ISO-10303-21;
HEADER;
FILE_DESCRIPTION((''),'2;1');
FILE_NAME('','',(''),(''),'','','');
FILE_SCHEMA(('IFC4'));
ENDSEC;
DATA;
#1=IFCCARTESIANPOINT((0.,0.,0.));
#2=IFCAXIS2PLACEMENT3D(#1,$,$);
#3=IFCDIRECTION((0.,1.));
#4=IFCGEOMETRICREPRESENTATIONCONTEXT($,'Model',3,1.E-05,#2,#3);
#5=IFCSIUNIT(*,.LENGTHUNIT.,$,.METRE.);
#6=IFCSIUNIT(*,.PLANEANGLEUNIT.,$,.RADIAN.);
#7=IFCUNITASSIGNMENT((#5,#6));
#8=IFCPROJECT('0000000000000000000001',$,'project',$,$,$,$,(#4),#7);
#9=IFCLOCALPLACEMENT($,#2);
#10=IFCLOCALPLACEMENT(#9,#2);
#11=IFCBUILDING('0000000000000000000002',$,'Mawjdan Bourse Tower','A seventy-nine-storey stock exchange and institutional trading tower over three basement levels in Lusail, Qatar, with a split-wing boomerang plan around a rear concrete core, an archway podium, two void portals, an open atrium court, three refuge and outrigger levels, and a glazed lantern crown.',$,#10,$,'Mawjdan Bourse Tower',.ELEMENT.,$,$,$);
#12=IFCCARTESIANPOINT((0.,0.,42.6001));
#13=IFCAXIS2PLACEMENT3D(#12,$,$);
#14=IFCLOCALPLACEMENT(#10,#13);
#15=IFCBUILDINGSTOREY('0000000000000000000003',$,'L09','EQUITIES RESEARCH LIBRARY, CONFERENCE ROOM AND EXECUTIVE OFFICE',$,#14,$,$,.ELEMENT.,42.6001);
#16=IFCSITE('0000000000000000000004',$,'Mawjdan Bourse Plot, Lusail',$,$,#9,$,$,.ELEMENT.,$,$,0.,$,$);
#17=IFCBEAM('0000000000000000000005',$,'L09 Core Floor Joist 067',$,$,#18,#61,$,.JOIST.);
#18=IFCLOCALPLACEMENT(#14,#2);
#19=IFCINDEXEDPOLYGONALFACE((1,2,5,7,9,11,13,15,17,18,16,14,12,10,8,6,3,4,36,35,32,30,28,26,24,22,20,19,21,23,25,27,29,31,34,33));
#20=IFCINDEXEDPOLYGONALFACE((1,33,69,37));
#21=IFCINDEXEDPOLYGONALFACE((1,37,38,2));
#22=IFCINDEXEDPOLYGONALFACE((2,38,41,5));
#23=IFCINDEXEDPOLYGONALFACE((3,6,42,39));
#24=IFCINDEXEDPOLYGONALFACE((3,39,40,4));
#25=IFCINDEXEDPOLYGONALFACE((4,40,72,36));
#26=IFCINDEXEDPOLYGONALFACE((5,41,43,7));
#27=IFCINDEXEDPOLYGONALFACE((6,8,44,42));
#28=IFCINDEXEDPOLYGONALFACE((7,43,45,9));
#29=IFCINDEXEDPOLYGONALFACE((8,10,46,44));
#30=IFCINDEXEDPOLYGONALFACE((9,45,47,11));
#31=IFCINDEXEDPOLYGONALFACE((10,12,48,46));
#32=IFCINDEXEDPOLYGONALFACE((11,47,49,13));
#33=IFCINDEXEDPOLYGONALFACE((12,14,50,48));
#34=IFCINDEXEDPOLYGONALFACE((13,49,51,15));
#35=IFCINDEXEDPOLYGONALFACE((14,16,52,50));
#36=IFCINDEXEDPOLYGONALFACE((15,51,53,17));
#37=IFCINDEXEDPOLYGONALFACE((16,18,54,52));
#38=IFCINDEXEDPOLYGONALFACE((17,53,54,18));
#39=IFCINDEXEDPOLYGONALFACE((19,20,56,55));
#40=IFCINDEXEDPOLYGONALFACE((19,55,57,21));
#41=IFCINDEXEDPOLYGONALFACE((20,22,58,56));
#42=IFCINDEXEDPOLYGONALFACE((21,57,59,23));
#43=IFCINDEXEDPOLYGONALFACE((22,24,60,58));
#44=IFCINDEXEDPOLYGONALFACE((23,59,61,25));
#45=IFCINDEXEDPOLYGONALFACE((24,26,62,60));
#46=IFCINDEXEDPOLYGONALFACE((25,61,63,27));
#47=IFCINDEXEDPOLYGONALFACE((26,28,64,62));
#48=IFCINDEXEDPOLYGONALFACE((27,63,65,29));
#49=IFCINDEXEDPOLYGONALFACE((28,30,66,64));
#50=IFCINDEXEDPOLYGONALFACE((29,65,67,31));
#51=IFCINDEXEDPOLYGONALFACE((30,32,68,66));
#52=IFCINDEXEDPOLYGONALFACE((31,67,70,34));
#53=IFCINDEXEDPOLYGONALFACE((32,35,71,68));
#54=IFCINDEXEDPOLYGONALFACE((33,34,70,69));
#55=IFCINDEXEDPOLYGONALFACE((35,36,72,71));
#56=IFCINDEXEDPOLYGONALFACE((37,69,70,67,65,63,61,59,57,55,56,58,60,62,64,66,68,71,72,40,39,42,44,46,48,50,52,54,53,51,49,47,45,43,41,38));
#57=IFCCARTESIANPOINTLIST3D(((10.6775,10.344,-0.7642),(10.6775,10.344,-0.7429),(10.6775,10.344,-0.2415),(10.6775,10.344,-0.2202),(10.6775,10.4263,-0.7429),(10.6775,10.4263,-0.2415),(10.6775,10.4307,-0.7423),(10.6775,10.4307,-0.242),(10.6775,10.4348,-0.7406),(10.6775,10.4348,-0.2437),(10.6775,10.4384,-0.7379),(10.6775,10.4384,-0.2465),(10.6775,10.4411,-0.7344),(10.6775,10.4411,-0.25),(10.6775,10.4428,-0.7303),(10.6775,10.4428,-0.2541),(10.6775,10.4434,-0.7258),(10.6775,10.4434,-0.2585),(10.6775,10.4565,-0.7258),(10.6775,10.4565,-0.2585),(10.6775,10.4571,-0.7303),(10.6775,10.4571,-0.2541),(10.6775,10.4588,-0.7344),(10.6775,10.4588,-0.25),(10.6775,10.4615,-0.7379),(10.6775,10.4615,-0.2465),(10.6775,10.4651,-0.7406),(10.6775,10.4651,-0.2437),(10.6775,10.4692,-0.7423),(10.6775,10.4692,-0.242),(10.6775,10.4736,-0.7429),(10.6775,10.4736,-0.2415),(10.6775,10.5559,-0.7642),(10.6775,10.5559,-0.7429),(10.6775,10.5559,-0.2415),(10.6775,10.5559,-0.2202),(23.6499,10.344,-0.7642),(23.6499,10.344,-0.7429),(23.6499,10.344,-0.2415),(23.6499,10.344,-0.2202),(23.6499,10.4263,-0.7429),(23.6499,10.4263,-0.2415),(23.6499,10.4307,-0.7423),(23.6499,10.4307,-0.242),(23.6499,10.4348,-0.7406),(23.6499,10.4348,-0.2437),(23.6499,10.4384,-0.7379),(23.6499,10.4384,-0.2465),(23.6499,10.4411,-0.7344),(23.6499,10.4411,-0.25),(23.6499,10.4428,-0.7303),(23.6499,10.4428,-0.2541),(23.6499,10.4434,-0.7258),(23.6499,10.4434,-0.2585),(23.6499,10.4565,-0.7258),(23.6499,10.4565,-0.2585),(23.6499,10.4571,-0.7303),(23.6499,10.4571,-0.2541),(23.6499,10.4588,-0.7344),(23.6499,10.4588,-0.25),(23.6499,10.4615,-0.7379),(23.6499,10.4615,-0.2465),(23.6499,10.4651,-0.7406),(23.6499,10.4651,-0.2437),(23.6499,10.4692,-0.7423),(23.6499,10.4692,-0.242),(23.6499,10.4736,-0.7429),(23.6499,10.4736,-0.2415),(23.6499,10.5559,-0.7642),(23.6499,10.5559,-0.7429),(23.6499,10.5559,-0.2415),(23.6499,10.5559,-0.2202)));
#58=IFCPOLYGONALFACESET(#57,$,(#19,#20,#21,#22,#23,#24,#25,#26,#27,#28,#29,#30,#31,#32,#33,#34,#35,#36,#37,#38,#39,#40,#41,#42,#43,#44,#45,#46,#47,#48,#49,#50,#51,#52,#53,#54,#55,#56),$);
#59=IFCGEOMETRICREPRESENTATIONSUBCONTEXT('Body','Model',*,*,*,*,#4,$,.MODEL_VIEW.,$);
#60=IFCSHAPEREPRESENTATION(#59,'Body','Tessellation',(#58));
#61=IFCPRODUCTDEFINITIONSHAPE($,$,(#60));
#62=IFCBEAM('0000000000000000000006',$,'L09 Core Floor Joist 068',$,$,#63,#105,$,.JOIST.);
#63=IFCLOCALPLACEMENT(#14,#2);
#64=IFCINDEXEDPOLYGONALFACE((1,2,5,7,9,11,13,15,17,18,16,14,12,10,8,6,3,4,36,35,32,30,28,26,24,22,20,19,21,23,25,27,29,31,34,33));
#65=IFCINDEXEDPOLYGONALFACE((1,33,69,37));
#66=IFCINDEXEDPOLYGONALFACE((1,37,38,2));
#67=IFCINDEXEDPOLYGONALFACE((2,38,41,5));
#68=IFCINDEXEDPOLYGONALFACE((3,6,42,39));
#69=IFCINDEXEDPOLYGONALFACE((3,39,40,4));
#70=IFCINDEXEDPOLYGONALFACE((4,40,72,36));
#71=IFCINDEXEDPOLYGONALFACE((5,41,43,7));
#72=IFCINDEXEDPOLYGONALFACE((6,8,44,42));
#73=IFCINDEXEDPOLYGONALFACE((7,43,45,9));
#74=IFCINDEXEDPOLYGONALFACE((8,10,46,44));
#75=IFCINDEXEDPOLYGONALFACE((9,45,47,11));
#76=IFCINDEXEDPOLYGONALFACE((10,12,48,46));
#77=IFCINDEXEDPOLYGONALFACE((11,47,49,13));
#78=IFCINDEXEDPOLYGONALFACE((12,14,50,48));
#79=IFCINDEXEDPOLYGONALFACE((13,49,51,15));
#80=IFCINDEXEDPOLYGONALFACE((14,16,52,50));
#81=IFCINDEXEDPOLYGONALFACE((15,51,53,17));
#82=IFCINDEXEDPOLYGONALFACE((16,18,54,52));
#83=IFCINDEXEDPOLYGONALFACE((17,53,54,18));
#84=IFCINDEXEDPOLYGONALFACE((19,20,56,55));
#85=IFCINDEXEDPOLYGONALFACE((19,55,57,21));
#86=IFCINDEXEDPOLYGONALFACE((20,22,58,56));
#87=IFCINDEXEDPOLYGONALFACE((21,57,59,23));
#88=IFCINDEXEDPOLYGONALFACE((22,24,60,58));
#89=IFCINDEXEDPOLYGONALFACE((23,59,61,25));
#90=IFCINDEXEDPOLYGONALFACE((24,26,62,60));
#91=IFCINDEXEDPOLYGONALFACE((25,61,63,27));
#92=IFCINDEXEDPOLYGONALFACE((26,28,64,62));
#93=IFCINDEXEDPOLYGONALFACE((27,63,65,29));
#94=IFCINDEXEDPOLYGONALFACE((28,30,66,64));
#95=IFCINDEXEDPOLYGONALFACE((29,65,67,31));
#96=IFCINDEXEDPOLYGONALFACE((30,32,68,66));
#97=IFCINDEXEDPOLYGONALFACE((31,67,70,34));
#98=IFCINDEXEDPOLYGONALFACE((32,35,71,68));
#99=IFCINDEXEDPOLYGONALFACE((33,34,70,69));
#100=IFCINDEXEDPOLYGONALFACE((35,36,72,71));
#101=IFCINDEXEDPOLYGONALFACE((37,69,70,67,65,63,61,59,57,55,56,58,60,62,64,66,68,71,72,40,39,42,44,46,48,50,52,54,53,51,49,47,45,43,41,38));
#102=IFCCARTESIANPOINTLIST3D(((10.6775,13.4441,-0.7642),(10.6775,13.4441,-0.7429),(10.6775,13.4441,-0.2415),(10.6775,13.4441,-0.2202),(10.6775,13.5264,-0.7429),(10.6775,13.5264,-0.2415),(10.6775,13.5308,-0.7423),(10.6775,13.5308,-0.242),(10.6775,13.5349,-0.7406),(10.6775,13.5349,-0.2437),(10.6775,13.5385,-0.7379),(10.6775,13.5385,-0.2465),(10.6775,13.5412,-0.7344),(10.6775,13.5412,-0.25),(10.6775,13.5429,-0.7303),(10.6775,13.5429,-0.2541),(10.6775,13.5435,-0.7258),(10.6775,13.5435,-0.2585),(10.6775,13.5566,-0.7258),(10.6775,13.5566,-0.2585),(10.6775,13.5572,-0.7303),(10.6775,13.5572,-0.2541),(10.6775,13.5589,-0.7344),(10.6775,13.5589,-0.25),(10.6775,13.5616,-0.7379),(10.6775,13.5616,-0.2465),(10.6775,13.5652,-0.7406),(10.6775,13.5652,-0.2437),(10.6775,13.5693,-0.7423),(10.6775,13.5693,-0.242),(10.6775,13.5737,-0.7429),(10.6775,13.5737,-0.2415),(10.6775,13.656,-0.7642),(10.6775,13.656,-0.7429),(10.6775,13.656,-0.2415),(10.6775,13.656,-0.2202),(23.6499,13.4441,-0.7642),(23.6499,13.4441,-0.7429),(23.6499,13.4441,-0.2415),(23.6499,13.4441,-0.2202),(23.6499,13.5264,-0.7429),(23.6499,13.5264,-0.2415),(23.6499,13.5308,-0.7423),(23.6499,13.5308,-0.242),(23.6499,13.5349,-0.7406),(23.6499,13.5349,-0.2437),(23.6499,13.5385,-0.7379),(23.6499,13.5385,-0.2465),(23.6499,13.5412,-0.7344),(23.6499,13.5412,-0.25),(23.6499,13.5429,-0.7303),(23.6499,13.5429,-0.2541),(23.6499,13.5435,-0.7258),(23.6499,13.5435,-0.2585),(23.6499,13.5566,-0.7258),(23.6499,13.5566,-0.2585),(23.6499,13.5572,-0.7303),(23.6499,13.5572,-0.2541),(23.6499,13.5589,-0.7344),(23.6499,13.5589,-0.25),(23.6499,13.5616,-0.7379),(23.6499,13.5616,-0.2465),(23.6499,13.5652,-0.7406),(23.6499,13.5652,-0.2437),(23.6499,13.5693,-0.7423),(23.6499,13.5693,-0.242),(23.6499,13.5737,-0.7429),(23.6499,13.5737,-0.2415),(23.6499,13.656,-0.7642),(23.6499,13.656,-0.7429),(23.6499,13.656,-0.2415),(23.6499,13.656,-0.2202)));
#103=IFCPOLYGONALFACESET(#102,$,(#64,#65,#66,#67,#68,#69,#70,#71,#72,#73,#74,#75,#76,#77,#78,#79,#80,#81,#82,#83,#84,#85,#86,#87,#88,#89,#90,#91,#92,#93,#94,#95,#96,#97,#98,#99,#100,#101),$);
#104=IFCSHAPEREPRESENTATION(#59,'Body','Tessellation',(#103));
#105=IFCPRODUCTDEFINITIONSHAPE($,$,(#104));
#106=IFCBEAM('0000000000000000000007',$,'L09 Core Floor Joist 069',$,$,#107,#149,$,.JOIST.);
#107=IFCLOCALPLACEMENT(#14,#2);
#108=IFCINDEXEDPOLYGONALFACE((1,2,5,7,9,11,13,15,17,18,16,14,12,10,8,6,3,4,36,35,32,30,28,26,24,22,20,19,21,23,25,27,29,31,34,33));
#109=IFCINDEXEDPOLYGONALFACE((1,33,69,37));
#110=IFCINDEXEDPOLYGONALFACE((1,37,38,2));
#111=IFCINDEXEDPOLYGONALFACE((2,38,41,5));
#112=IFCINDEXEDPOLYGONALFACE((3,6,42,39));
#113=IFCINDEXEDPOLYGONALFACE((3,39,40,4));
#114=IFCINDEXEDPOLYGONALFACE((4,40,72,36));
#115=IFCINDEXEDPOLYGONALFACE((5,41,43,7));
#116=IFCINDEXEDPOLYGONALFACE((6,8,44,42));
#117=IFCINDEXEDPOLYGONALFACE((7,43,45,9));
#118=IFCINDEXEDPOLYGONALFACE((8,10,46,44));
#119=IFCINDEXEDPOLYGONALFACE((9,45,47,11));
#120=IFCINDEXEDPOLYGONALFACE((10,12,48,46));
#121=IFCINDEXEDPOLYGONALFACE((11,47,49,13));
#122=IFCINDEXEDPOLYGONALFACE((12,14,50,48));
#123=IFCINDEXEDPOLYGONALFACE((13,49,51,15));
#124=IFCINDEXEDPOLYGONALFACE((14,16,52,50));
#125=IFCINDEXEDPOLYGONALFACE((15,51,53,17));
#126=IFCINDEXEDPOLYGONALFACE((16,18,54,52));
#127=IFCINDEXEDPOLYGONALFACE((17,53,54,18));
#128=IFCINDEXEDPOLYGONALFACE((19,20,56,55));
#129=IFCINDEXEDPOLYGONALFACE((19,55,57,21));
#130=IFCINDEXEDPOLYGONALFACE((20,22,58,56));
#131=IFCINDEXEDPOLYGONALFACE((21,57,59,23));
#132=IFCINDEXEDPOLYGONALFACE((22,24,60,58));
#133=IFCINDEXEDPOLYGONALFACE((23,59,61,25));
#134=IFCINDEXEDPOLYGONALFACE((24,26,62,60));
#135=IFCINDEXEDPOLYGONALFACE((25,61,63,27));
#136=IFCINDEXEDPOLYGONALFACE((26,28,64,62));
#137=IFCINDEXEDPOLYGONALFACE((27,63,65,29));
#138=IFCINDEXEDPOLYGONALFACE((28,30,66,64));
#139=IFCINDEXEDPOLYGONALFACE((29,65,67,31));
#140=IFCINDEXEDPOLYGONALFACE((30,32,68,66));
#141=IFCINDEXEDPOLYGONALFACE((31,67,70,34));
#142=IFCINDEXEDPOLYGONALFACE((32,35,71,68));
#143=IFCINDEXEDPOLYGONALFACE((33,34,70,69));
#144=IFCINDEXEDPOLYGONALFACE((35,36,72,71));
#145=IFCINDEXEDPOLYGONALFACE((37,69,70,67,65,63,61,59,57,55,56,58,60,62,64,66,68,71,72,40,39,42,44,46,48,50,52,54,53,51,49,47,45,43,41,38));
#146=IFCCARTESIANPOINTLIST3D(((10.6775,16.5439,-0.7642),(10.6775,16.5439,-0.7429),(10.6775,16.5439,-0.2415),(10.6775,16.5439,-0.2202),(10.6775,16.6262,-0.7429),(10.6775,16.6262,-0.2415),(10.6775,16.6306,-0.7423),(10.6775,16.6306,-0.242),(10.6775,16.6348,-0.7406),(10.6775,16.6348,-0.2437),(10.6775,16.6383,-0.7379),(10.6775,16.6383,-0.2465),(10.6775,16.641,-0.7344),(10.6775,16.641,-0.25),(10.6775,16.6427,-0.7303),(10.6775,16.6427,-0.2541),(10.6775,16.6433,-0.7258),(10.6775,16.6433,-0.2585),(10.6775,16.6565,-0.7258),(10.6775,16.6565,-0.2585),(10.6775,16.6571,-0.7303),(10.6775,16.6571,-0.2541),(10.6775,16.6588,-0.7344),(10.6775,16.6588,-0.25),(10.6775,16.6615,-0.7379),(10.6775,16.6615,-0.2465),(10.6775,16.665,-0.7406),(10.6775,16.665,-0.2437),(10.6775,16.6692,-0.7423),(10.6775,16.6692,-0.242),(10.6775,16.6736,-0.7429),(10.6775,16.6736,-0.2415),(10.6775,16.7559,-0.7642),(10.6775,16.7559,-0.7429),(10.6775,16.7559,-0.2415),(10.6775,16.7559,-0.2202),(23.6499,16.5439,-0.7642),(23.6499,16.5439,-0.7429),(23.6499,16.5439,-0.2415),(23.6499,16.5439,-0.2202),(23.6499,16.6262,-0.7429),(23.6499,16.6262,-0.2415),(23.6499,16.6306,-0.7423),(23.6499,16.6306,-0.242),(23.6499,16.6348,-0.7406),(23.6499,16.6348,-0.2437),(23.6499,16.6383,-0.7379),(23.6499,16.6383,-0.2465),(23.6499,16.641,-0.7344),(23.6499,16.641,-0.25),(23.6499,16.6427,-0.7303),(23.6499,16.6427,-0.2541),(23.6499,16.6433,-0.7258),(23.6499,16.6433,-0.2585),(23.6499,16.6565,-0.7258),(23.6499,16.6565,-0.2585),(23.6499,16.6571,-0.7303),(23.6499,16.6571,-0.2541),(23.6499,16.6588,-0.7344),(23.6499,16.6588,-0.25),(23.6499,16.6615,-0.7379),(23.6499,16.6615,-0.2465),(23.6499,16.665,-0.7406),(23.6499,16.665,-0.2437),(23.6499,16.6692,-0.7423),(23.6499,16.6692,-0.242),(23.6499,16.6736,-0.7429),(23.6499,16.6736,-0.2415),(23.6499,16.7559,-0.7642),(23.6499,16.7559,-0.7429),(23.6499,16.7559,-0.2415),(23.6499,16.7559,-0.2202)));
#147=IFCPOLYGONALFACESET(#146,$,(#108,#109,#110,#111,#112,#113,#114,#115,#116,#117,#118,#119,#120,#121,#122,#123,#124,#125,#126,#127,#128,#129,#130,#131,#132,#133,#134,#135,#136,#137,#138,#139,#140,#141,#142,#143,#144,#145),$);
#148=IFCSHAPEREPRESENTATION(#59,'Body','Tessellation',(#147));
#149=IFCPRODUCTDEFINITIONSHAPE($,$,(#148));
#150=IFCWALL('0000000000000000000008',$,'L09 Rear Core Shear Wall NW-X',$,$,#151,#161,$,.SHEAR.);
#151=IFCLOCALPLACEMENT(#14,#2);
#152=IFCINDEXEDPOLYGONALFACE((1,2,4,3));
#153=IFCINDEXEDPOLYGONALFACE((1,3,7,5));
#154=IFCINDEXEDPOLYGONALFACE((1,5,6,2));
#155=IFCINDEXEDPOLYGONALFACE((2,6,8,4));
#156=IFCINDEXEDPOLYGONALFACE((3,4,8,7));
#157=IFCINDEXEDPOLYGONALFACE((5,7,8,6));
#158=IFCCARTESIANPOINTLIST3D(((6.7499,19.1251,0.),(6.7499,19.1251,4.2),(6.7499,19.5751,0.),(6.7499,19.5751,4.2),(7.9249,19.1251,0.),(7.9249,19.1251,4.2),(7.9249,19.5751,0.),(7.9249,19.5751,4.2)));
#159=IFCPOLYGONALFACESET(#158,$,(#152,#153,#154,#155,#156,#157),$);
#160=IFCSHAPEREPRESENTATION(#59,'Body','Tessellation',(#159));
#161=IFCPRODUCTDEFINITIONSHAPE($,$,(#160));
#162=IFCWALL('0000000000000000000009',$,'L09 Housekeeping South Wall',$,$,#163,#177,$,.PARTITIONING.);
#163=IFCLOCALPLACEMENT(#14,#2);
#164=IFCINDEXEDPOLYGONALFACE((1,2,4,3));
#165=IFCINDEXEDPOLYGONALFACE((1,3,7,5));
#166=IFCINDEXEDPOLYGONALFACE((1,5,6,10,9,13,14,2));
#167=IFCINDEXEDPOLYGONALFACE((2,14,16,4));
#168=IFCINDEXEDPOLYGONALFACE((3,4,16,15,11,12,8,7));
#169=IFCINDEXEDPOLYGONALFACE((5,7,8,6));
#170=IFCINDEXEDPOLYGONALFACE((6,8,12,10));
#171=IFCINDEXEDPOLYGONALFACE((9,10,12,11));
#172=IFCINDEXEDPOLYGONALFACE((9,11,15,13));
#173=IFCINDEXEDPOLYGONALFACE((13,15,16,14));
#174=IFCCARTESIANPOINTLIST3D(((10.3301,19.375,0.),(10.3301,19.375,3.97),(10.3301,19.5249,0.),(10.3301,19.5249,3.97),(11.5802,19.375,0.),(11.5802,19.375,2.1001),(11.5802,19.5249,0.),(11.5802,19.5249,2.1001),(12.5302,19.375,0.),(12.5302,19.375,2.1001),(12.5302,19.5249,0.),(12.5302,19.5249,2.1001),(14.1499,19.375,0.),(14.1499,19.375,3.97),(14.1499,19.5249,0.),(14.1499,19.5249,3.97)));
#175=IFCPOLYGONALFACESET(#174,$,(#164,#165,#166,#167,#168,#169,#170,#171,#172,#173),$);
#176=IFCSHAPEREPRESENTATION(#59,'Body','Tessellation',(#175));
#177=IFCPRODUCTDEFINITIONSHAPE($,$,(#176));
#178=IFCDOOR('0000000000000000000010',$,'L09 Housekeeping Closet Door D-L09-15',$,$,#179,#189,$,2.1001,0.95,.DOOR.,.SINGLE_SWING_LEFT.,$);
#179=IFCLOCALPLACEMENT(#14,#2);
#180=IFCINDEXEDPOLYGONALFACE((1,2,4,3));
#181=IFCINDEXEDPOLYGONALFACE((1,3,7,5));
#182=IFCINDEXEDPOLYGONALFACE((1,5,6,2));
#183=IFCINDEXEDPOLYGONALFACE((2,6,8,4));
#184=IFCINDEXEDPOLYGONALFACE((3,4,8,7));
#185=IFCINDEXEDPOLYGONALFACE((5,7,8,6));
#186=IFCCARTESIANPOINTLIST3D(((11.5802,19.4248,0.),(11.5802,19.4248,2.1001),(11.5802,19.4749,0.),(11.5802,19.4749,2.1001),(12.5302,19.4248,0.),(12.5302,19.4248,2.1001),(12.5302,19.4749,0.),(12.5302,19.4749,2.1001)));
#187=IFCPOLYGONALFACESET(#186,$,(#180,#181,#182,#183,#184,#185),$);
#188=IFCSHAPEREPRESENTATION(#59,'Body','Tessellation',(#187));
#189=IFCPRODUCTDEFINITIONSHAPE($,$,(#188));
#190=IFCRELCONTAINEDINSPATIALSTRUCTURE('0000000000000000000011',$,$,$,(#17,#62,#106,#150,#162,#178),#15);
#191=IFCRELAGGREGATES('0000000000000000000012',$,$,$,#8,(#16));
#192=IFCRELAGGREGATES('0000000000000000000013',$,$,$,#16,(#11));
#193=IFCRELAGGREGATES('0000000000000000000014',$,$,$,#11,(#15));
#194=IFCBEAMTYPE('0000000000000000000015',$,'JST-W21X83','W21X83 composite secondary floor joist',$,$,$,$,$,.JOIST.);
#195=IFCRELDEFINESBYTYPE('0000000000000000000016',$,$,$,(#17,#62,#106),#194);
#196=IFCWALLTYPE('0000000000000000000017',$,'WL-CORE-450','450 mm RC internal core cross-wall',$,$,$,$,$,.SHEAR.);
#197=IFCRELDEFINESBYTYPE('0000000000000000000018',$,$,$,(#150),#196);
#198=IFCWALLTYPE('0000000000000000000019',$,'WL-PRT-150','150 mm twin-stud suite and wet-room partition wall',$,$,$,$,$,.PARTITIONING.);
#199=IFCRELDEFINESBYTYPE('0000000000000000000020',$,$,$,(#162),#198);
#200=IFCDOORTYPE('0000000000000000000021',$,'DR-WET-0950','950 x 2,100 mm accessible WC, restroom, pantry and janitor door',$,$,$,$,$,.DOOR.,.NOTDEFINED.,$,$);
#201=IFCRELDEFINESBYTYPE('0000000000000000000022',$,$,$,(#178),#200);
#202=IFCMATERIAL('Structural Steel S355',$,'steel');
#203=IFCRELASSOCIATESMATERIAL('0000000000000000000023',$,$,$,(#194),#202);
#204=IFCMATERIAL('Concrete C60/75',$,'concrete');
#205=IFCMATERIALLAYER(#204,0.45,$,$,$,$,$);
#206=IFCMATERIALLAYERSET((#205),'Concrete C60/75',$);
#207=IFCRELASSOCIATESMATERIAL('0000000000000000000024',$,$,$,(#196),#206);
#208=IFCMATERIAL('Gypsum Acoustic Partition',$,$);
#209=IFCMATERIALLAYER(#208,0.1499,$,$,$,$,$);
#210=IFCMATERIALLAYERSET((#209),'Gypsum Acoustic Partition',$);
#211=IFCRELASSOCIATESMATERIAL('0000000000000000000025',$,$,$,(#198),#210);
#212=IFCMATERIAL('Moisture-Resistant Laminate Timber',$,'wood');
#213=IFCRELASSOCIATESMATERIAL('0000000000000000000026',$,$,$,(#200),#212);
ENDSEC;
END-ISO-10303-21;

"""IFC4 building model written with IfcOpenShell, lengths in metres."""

from ifc_helpers import new_model, si_unit, direction, frame, frame_2d, origin, origin_2d, place, context, subcontext, project, spatial, rectangle, i_section, extrude, material, layer, layer_set, material_profile, profile_set, type_object, element, fill, save


model = new_model("IFC4")

# Units and contexts
model_context = context("Model", 3, precision=1e-05, world=origin(), true_north=direction((0.0, 1.0)))
body_context = subcontext(model_context, "Body", "Model", "MODEL_VIEW")
ifc_project = project(units=[si_unit("LENGTHUNIT", "METRE"), si_unit("PLANEANGLEUNIT", "RADIAN")], contexts=[model_context])

# Site, building, storey
site_placement = place(None, origin())
site = spatial("IfcSite", under=ifc_project, at=site_placement, Name="Mawjdan Bourse Plot, Lusail", CompositionType="ELEMENT", RefElevation=0.0)
building_placement = place(site_placement, origin())
building = spatial("IfcBuilding", under=site, at=building_placement, Name="Mawjdan Bourse Tower", Description="A seventy-nine-storey stock exchange and institutional trading tower over three basement levels in Lusail, Qatar, with a split-wing boomerang plan around a rear concrete core, an archway podium, two void portals, an open atrium court, three refuge and outrigger levels, and a glazed lantern crown.", LongName="Mawjdan Bourse Tower", CompositionType="ELEMENT")
storey_placement = place(building_placement, frame((0.0, 0.0, 42.6001)))
storey = spatial("IfcBuildingStorey", under=building, at=storey_placement, Name="L09", Description="EQUITIES RESEARCH LIBRARY, CONFERENCE ROOM AND EXECUTIVE OFFICE", CompositionType="ELEMENT", Elevation=42.6001)

# Beams
ifc_material_1 = material(Name="Structural Steel S355", Category="steel")
ifc_material_profile = material_profile(ifc_material_1, i_section(OverallWidth=0.2119, OverallDepth=0.5439, WebThickness=0.0132, FlangeThickness=0.0212, FilletRadius=0.0171, at=origin_2d()), Name="W21X83")
ifc_profile_set = profile_set([ifc_material_profile], Name="Structural Steel S355")
beam_type = type_object("IfcBeamType", Name="JST-W21X83", Description="W21X83 composite secondary floor joist", PredefinedType="JOIST", material=ifc_profile_set)
for number, where, z_axis, x_axis, name in (
    (1, (10.6775, 10.45, -0.4922), (1.0, 0.0, 0.0), (0.0, 1.0, 0.0), "L09 Core Floor Joist 067"),
    (2, (10.6775, 13.55, -0.4922), (1.0, 0.0, 0.0), (0.0, 1.0, 0.0), "L09 Core Floor Joist 068"),
    (3, (10.6775, 16.6499, -0.4922), (1.0, 0.0, 0.0), (0.0, 1.0, 0.0), "L09 Core Floor Joist 069"),
):
    element("IfcBeam", number, at=place(storey_placement, frame(where, z_axis=z_axis, x_axis=x_axis)), inside=storey, type_object=beam_type, Name=name, PredefinedType="JOIST", context=body_context, shape_type="SweptSolid", body=[
        extrude(i_section(OverallWidth=0.2119, OverallDepth=0.5439, WebThickness=0.0132, FlangeThickness=0.0212, FilletRadius=0.0171, at=origin_2d()), origin(), (0.0, 0.0, 1.0), 12.9724),
    ])

# Wall
ifc_material_2 = material(Name="Concrete C60/75", Category="concrete")
ifc_layer_1 = layer(ifc_material_2, 0.45)
ifc_layer_set_1 = layer_set([ifc_layer_1], Name="Concrete C60/75")
wall_type_1 = type_object("IfcWallType", Name="WL-CORE-450", Description="450 mm RC internal core cross-wall", PredefinedType="SHEAR", material=ifc_layer_set_1)
wall_1_placement = place(storey_placement, frame((6.75, 19.3501, 0.0), z_axis=(0.0, 0.0, 1.0), x_axis=(1.0, 0.0, 0.0)))
element("IfcWall", 4, at=wall_1_placement, inside=storey, type_object=wall_type_1, Name="L09 Rear Core Shear Wall NW-X", PredefinedType="SHEAR", context=body_context, shape_type="SweptSolid", body=[
    extrude(rectangle(XDim=1.175, YDim=0.45, at=frame_2d((0.5874, 0.0))), origin(), (0.0, 0.0, 1.0), 4.2),
])

# Wall, opening, door
ifc_material_3 = material(Name="Gypsum Acoustic Partition")
ifc_layer_2 = layer(ifc_material_3, 0.1499)
ifc_layer_set_2 = layer_set([ifc_layer_2], Name="Gypsum Acoustic Partition")
wall_type_2 = type_object("IfcWallType", Name="WL-PRT-150", Description="150 mm twin-stud suite and wet-room partition wall", PredefinedType="PARTITIONING", material=ifc_layer_set_2)
wall_2_placement = place(storey_placement, frame((10.3301, 19.45, 0.0), z_axis=(0.0, 0.0, 1.0), x_axis=(1.0, 0.0, 0.0)))
wall_2 = element("IfcWall", 5, at=wall_2_placement, inside=storey, type_object=wall_type_2, Name="L09 Housekeeping South Wall", PredefinedType="PARTITIONING", context=body_context, shape_type="SweptSolid", body=[
    extrude(rectangle(XDim=3.8198, YDim=0.1499, at=frame_2d((1.9099, 0.0))), origin(), (0.0, 0.0, 1.0), 3.97),
])
opening_1_placement = place(wall_2_placement, frame((1.25, 0.0, 0.0)))
opening_1 = element("IfcOpeningElement", 6, at=opening_1_placement, cuts=wall_2, PredefinedType="OPENING", context=body_context, shape_type="SweptSolid", body=[
    extrude(rectangle(XDim=0.95, YDim=2.1001, at=frame_2d((0.4751, 1.05))), frame((0.0, 0.085, 0.0), z_axis=(0.0, -1.0, 0.0), x_axis=(1.0, 0.0, 0.0)), (0.0, 0.0, 1.0), 0.1699),
])
ifc_material_4 = material(Name="Moisture-Resistant Laminate Timber", Category="wood")
door_type_1 = type_object("IfcDoorType", Name="DR-WET-0950", Description="950 x 2,100 mm accessible WC, restroom, pantry and janitor door", OperationType="NOTDEFINED", PredefinedType="DOOR", material=ifc_material_4)
door_1_placement = place(opening_1_placement, origin())
door_1 = element("IfcDoor", 7, at=door_1_placement, inside=storey, type_object=door_type_1, Name="L09 Housekeeping Closet Door D-L09-15", OperationType="SINGLE_SWING_LEFT", OverallHeight=2.1001, OverallWidth=0.95, PredefinedType="DOOR", context=body_context, shape_type="SweptSolid", body=[
    extrude(rectangle(XDim=0.95, YDim=2.1001, at=frame_2d((0.4751, 1.05))), frame((0.0, 0.0249, 0.0), z_axis=(0.0, -1.0, 0.0), x_axis=(1.0, 0.0, 0.0)), (0.0, 0.0, 1.0), 0.05),
])
fill(opening_1, door_1)

save(model, "model.ifc")
